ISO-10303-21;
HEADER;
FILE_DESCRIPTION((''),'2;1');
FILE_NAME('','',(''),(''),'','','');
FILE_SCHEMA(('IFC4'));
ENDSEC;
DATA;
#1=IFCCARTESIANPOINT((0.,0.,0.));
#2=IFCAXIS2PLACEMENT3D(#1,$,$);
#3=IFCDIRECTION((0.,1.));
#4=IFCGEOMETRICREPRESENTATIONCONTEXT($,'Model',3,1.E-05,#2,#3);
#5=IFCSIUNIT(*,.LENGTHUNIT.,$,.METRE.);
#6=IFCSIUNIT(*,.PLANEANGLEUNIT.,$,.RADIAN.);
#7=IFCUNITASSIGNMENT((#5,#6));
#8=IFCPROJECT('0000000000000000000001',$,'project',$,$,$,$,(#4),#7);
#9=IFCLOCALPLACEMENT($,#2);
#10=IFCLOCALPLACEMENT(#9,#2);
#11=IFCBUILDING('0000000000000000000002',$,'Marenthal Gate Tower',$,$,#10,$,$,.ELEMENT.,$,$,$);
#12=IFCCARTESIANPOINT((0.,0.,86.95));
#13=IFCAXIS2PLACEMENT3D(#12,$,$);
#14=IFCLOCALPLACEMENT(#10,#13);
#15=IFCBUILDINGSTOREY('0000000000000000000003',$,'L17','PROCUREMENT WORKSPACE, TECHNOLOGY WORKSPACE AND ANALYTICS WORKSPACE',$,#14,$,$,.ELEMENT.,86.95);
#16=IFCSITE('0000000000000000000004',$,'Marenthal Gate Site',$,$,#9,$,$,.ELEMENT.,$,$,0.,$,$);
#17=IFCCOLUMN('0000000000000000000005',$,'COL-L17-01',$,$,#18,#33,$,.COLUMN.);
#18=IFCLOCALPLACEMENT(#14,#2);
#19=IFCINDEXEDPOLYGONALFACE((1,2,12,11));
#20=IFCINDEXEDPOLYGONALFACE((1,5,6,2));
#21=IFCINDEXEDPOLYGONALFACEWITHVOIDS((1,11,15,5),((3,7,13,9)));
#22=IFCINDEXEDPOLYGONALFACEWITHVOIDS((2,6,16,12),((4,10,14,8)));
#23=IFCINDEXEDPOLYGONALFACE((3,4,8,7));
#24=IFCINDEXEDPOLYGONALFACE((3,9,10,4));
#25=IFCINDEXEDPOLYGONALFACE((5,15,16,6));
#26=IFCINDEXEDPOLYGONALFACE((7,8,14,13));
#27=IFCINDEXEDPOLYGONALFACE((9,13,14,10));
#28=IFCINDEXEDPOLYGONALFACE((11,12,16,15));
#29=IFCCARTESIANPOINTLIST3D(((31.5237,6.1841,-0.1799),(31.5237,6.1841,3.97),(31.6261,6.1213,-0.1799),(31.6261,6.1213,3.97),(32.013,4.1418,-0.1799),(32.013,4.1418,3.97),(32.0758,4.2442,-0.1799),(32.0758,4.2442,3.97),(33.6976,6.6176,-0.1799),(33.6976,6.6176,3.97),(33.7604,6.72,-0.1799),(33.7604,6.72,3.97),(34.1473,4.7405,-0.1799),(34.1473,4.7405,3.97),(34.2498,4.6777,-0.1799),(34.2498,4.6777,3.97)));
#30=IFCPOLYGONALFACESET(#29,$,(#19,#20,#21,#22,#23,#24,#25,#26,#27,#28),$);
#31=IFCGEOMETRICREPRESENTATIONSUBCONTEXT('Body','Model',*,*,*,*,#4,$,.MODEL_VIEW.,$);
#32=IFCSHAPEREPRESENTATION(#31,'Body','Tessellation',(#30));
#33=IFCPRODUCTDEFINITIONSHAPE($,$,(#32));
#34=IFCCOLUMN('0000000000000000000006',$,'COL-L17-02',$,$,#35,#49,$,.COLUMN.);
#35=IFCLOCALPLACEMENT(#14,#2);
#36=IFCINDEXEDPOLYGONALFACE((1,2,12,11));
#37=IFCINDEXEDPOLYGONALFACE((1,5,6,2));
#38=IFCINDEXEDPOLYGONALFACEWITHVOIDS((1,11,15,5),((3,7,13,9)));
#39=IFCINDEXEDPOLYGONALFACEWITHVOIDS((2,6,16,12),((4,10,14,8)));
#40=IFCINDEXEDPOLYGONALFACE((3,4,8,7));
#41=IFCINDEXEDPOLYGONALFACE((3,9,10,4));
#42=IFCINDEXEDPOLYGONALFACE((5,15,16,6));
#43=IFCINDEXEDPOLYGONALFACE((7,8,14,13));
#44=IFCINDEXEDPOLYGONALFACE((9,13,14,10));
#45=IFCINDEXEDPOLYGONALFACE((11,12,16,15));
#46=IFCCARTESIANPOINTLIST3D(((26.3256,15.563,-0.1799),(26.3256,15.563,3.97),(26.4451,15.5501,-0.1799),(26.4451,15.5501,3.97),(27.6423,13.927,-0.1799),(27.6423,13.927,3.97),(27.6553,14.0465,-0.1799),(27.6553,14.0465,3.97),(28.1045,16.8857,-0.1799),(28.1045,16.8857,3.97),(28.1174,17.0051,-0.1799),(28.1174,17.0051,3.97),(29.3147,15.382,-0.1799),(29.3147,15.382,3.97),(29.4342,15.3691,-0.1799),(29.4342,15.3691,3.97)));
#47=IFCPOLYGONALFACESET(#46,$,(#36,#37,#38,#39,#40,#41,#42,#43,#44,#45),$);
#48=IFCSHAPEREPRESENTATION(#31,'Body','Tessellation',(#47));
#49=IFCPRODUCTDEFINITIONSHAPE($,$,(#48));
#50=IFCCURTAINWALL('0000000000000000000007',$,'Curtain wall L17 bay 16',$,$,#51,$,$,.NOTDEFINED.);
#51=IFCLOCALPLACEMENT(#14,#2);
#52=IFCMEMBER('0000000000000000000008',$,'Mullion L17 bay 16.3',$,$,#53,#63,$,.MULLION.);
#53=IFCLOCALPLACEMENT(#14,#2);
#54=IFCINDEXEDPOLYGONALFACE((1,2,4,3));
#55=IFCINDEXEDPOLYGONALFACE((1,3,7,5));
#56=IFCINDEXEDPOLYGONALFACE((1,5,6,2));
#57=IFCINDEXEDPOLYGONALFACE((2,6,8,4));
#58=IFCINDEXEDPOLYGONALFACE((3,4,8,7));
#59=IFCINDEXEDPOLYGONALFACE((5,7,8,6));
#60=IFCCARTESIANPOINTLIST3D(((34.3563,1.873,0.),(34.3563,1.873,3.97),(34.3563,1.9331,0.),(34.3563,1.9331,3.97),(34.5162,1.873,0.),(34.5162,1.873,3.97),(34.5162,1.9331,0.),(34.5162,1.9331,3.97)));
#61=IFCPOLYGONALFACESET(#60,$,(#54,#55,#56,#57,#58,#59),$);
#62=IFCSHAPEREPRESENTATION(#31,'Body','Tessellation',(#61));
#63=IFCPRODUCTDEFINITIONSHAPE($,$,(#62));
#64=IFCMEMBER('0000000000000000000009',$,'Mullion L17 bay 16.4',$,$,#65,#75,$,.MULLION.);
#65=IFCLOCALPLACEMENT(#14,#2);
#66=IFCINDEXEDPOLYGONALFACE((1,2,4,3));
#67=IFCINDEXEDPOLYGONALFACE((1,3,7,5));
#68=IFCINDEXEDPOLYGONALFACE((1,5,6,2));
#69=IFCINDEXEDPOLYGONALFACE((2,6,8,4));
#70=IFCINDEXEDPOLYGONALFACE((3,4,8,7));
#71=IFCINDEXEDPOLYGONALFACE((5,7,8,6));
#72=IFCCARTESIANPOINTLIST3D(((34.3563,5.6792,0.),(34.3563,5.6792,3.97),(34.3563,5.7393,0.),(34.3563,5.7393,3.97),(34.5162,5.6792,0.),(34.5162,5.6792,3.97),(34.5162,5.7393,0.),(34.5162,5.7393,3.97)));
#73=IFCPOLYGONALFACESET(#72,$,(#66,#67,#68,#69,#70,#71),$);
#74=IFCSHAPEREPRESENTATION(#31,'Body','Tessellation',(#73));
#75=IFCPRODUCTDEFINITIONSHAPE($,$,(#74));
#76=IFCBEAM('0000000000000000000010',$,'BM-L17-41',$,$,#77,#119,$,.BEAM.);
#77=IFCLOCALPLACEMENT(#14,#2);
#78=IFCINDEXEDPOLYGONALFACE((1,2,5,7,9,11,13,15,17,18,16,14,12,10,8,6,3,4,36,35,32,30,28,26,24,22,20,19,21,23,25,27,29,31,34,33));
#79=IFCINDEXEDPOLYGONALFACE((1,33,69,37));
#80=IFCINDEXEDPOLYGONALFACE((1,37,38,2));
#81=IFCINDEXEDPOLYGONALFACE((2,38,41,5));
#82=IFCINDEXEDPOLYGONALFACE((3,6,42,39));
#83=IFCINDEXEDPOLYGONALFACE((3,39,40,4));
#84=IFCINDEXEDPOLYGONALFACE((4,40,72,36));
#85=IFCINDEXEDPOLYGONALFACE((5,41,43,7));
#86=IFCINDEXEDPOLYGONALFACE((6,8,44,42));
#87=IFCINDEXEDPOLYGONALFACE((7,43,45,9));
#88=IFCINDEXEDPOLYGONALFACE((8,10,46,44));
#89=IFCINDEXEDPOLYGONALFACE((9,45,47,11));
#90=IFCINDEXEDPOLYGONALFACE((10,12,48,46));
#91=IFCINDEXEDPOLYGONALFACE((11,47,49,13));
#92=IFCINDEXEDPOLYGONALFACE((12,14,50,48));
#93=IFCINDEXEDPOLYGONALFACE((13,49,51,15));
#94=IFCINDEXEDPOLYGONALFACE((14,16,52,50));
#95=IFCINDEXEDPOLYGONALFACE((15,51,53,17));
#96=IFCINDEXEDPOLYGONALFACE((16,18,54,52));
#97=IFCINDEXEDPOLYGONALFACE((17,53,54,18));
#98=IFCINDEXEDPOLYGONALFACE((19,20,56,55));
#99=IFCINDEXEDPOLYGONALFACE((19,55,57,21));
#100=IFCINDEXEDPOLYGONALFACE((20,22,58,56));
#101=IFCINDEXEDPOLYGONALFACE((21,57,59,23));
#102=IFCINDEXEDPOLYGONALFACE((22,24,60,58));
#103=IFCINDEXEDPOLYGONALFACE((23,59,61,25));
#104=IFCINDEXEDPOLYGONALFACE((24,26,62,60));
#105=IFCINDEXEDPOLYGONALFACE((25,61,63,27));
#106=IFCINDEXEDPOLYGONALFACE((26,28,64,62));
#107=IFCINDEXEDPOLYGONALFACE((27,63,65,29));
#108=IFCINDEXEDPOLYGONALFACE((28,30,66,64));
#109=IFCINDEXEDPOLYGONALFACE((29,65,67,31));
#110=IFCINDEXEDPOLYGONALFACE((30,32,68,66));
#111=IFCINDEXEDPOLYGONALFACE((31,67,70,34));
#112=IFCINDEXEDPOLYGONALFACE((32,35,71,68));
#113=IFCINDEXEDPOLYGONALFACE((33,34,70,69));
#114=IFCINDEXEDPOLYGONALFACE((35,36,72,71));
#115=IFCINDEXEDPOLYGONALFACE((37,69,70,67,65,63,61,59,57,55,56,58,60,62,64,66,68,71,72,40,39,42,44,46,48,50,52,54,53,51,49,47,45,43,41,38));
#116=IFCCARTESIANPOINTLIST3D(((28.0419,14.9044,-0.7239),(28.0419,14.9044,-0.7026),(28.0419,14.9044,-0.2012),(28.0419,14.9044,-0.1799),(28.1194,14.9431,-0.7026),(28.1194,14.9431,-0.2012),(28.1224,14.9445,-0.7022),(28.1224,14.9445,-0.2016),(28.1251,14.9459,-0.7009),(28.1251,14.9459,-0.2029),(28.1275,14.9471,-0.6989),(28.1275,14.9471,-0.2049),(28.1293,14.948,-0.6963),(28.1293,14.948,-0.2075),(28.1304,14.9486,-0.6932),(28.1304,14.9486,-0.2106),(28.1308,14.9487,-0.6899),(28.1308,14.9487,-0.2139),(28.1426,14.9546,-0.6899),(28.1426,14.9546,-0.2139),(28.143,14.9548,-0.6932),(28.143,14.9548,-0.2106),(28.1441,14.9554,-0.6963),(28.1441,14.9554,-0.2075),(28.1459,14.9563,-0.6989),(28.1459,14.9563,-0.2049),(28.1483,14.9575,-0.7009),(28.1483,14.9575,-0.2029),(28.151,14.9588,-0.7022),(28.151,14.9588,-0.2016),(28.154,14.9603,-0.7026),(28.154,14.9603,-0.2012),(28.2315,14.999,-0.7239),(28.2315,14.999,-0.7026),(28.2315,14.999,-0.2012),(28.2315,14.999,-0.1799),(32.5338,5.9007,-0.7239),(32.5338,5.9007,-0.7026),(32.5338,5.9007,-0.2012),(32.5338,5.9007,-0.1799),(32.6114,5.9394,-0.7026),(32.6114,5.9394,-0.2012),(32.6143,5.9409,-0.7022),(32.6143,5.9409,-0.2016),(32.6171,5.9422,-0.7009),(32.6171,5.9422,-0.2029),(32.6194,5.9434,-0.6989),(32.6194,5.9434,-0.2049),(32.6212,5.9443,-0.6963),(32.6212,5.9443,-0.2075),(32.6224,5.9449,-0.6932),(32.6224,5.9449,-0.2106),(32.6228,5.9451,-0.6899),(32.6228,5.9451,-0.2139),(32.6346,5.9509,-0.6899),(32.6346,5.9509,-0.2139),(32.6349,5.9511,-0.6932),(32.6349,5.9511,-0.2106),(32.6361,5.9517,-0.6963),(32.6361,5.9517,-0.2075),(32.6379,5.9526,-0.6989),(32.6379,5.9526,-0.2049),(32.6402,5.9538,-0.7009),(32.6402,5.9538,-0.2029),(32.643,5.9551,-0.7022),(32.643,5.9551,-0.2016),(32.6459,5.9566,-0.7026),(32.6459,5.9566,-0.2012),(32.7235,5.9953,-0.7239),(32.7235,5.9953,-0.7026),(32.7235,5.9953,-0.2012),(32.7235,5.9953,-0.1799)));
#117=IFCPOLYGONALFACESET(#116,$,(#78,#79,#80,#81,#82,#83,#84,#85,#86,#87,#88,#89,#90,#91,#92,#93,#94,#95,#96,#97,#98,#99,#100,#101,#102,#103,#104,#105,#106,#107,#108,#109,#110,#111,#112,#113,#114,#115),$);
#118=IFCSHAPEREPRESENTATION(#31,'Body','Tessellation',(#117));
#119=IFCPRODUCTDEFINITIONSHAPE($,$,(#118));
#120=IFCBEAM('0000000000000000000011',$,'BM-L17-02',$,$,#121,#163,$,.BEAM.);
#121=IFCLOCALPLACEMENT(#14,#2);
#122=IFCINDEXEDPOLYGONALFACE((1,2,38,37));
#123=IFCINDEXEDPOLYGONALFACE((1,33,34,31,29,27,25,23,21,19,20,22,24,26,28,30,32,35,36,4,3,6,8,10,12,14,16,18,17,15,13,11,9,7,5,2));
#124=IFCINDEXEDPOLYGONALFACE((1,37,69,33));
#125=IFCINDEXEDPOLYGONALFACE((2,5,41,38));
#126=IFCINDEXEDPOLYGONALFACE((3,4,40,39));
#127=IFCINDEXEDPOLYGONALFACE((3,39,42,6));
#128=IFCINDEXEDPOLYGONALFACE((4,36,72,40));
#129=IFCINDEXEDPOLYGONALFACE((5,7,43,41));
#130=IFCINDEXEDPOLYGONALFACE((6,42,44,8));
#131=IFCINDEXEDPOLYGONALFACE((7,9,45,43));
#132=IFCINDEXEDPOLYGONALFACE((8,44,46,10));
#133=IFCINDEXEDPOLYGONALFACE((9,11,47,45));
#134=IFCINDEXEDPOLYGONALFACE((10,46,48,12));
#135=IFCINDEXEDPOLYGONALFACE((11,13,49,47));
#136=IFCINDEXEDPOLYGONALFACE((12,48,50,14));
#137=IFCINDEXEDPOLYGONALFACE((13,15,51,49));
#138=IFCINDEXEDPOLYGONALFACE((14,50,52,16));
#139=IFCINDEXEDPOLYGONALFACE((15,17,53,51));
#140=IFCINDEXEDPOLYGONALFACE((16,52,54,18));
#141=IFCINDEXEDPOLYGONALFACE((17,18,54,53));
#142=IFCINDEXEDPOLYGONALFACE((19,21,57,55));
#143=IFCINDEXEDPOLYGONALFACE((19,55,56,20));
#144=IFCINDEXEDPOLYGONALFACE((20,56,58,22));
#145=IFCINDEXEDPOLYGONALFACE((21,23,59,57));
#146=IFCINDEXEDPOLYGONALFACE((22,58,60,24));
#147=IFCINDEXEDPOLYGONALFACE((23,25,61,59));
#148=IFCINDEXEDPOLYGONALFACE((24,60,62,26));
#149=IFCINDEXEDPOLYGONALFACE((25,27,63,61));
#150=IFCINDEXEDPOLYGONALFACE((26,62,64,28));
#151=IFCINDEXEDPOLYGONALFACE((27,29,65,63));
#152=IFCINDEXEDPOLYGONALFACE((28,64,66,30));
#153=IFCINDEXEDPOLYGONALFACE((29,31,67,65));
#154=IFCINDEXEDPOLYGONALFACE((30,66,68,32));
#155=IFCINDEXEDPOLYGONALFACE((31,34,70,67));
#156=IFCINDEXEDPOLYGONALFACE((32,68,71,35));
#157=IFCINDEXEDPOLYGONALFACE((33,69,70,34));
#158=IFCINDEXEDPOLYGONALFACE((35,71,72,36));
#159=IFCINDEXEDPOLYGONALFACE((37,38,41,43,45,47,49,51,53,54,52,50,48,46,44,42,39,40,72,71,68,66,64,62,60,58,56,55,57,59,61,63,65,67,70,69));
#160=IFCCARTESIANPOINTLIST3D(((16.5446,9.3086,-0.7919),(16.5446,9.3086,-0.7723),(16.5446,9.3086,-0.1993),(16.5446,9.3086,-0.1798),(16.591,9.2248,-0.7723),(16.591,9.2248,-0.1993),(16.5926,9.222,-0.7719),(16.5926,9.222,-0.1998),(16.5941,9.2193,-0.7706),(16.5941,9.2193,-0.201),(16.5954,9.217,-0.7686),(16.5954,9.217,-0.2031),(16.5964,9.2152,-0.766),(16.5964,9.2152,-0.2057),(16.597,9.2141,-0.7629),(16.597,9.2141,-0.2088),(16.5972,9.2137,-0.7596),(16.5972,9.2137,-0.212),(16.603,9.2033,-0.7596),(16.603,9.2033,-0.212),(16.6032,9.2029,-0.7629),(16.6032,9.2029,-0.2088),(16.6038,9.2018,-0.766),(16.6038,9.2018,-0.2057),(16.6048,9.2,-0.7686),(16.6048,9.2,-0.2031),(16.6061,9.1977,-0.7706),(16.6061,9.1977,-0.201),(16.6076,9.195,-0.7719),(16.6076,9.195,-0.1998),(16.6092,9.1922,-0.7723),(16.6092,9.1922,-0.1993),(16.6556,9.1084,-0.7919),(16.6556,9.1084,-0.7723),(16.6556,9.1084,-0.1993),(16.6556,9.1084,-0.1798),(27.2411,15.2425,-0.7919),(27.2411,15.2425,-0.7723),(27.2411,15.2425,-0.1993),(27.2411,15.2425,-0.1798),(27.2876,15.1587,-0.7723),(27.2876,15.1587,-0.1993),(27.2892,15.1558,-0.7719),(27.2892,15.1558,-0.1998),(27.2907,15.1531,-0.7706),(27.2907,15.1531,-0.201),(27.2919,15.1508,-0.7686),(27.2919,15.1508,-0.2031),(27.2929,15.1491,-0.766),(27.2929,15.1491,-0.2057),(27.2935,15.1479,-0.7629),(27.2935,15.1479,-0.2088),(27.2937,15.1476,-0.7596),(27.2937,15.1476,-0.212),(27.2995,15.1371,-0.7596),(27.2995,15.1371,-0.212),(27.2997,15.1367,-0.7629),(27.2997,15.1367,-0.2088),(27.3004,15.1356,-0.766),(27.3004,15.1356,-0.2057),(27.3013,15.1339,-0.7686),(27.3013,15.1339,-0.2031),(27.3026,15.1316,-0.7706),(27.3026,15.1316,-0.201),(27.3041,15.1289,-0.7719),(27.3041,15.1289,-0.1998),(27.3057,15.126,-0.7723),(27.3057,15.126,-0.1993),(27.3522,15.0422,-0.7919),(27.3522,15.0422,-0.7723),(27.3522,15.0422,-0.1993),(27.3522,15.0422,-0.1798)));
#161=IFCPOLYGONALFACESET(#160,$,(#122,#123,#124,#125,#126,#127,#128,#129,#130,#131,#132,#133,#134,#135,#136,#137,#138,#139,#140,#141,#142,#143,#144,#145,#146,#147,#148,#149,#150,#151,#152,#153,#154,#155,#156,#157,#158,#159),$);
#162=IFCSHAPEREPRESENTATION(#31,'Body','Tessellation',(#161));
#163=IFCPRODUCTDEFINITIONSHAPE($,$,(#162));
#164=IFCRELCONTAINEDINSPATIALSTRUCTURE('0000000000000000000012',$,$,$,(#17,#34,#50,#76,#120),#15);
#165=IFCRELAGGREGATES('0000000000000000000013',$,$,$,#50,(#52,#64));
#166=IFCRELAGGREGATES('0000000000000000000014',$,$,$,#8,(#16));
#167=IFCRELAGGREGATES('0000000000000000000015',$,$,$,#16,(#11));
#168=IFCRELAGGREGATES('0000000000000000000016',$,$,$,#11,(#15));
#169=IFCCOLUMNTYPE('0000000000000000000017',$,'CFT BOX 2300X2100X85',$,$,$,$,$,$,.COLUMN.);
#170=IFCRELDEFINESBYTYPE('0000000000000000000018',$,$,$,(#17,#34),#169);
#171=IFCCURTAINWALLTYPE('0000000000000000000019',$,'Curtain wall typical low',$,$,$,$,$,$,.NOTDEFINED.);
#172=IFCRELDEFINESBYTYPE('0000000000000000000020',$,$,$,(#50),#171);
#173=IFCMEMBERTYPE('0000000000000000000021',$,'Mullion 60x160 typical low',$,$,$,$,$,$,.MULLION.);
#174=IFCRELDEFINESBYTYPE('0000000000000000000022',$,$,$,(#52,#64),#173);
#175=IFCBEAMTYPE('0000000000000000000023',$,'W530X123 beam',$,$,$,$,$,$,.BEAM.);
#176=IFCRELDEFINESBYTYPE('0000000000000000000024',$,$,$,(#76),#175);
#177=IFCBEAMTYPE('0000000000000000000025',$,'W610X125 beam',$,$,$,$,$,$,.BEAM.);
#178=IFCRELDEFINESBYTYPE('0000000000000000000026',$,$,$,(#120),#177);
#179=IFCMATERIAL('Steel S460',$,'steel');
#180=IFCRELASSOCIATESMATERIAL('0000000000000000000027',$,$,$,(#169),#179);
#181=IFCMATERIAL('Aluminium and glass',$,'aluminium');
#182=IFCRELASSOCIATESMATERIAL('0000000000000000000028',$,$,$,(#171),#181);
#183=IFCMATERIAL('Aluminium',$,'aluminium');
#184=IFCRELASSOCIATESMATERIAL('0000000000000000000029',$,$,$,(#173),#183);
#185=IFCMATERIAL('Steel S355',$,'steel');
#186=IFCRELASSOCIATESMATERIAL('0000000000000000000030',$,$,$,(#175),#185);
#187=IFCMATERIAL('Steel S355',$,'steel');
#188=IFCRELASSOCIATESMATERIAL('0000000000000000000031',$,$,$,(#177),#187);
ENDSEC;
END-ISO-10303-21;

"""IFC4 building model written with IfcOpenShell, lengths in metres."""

from ifc_helpers import new_model, si_unit, direction, frame, origin, origin_2d, place, context, subcontext, project, spatial, rectangle, hollow_rectangle, i_section, extrude, material, material_profile, profile_set, type_object, element, aggregate, save


model = new_model("IFC4")

# Units and contexts
model_context = context("Model", 3, precision=1e-05, world=origin(), true_north=direction((0.0, 1.0)))
body_context = subcontext(model_context, "Body", "Model", "MODEL_VIEW")
ifc_project = project(units=[si_unit("LENGTHUNIT", "METRE"), si_unit("PLANEANGLEUNIT", "RADIAN")], contexts=[model_context])

# Site, building, storey
site_placement = place(None, origin())
site = spatial("IfcSite", under=ifc_project, at=site_placement, Name="Marenthal Gate Site", CompositionType="ELEMENT", RefElevation=0.0)
building_placement = place(site_placement, origin())
building = spatial("IfcBuilding", under=site, at=building_placement, Name="Marenthal Gate Tower", CompositionType="ELEMENT")
storey_placement = place(building_placement, frame((0.0, 0.0, 86.95)))
storey = spatial("IfcBuildingStorey", under=building, at=storey_placement, Name="L17", Description="PROCUREMENT WORKSPACE, TECHNOLOGY WORKSPACE AND ANALYTICS WORKSPACE", CompositionType="ELEMENT", Elevation=86.95)

# Columns
ifc_material_1 = material(Name="Steel S460", Category="steel")
ifc_material_profile_1 = material_profile(ifc_material_1, hollow_rectangle(XDim=2.1001, YDim=2.3, WallThickness=0.085, at=origin_2d()), Name="CFT BOX 2300X2100X85")
ifc_material_2 = material(Name="Concrete 70 MPa", Category="concrete")
ifc_material_profile_2 = material_profile(ifc_material_2, rectangle(XDim=1.9299, YDim=2.1299, at=origin_2d()), Name="CFT BOX 2300X2100X85 INFILL")
ifc_profile_set_1 = profile_set([ifc_material_profile_1, ifc_material_profile_2], Name="Steel S460 shell, Concrete 70 MPa infill")
column_type = type_object("IfcColumnType", Name="CFT BOX 2300X2100X85", PredefinedType="COLUMN", material=ifc_profile_set_1)
for number, where, z_axis, x_axis, name in (
    (1, (32.8867, 5.4309, -0.1799), (0.0, 0.0, 1.0), (0.232997, -0.972477, 0.0), "COL-L17-01"),
    (2, (27.8799, 15.4661, -0.1799), (0.0, 0.0, 1.0), (0.626985, -0.779032, 0.0), "COL-L17-02"),
):
    element("IfcColumn", number, at=place(storey_placement, frame(where, z_axis=z_axis, x_axis=x_axis)), inside=storey, type_object=column_type, Name=name, PredefinedType="COLUMN", context=body_context, shape_type="SweptSolid", body=[
        extrude(hollow_rectangle(XDim=2.1001, YDim=2.3, WallThickness=0.085, at=origin_2d()), origin(), (0.0, 0.0, 1.0), 4.1499),
    ])

# Curtain wall, members
ifc_material_3 = material(Name="Aluminium and glass", Category="aluminium")
curtain_wall_type = type_object("IfcCurtainWallType", Name="Curtain wall typical low", PredefinedType="NOTDEFINED", material=ifc_material_3)
curtain_wall_placement = place(storey_placement, origin())
curtain_wall = element("IfcCurtainWall", 3, at=curtain_wall_placement, inside=storey, type_object=curtain_wall_type, Name="Curtain wall L17 bay 16", PredefinedType="NOTDEFINED")
ifc_material_4 = material(Name="Aluminium", Category="aluminium")
ifc_material_profile_3 = material_profile(ifc_material_4, rectangle(XDim=0.1599, YDim=0.0601, at=origin_2d()), Name="60x160 aluminium mullion")
ifc_profile_set_2 = profile_set([ifc_material_profile_3], Name="Aluminium")
member_type = type_object("IfcMemberType", Name="Mullion 60x160 typical low", PredefinedType="MULLION", material=ifc_profile_set_2)
member_1_placement = place(storey_placement, frame((34.4363, 1.9031, 0.0), z_axis=(0.0, 0.0, 1.0), x_axis=(-1.0, 0.0, 0.0)))
member_1 = element("IfcMember", 4, at=member_1_placement, type_object=member_type, Name="Mullion L17 bay 16.3", PredefinedType="MULLION", context=body_context, shape_type="SweptSolid", body=[
    extrude(rectangle(XDim=0.1599, YDim=0.0601, at=origin_2d()), origin(), (0.0, 0.0, 1.0), 3.97),
])
member_2_placement = place(storey_placement, frame((34.4363, 5.7092, 0.0), z_axis=(0.0, 0.0, 1.0), x_axis=(-1.0, 0.0, 0.0)))
member_2 = element("IfcMember", 5, at=member_2_placement, type_object=member_type, Name="Mullion L17 bay 16.4", PredefinedType="MULLION", context=body_context, shape_type="SweptSolid", body=[
    extrude(rectangle(XDim=0.1599, YDim=0.0601, at=origin_2d()), origin(), (0.0, 0.0, 1.0), 3.97),
])

# Beams
ifc_material_5 = material(Name="Steel S355", Category="steel")
ifc_material_profile_4 = material_profile(ifc_material_5, i_section(OverallWidth=0.2119, OverallDepth=0.5439, WebThickness=0.0132, FlangeThickness=0.0212, FilletRadius=0.0127, at=origin_2d()), Name="W530X123")
ifc_profile_set_3 = profile_set([ifc_material_profile_4], Name="Steel S355")
beam_type_1 = type_object("IfcBeamType", Name="W530X123 beam", PredefinedType="BEAM", material=ifc_profile_set_3)
beam_1_placement = place(storey_placement, frame((32.6287, 5.948, -0.4519), z_axis=(-0.446427, 0.89482, 0.0), x_axis=(-0.89482, -0.446427, 0.0)))
element("IfcBeam", 6, at=beam_1_placement, inside=storey, type_object=beam_type_1, Name="BM-L17-41", PredefinedType="BEAM", context=body_context, shape_type="SweptSolid", body=[
    extrude(i_section(OverallWidth=0.2119, OverallDepth=0.5439, WebThickness=0.0132, FlangeThickness=0.0212, FilletRadius=0.0127, at=origin_2d()), origin(), (0.0, 0.0, 1.0), 10.062),
])
ifc_material_6 = material(Name="Steel S355", Category="steel")
ifc_material_profile_5 = material_profile(ifc_material_6, i_section(OverallWidth=0.229, OverallDepth=0.6121, WebThickness=0.012, FlangeThickness=0.0195, FilletRadius=0.0127, at=origin_2d()), Name="W610X125")
ifc_profile_set_4 = profile_set([ifc_material_profile_5], Name="Steel S355")
beam_type_2 = type_object("IfcBeamType", Name="W610X125 beam", PredefinedType="BEAM", material=ifc_profile_set_4)
beam_2_placement = place(storey_placement, frame((27.2966, 15.1423, -0.4858), z_axis=(-0.874458, -0.485101, 0.0), x_axis=(0.485101, -0.874458, 0.0)))
element("IfcBeam", 7, at=beam_2_placement, inside=storey, type_object=beam_type_2, Name="BM-L17-02", PredefinedType="BEAM", context=body_context, shape_type="SweptSolid", body=[
    extrude(i_section(OverallWidth=0.229, OverallDepth=0.6121, WebThickness=0.012, FlangeThickness=0.0195, FilletRadius=0.0127, at=origin_2d()), origin(), (0.0, 0.0, 1.0), 12.2322),
])

aggregate(curtain_wall, [member_1, member_2])

save(model, "model.ifc")
